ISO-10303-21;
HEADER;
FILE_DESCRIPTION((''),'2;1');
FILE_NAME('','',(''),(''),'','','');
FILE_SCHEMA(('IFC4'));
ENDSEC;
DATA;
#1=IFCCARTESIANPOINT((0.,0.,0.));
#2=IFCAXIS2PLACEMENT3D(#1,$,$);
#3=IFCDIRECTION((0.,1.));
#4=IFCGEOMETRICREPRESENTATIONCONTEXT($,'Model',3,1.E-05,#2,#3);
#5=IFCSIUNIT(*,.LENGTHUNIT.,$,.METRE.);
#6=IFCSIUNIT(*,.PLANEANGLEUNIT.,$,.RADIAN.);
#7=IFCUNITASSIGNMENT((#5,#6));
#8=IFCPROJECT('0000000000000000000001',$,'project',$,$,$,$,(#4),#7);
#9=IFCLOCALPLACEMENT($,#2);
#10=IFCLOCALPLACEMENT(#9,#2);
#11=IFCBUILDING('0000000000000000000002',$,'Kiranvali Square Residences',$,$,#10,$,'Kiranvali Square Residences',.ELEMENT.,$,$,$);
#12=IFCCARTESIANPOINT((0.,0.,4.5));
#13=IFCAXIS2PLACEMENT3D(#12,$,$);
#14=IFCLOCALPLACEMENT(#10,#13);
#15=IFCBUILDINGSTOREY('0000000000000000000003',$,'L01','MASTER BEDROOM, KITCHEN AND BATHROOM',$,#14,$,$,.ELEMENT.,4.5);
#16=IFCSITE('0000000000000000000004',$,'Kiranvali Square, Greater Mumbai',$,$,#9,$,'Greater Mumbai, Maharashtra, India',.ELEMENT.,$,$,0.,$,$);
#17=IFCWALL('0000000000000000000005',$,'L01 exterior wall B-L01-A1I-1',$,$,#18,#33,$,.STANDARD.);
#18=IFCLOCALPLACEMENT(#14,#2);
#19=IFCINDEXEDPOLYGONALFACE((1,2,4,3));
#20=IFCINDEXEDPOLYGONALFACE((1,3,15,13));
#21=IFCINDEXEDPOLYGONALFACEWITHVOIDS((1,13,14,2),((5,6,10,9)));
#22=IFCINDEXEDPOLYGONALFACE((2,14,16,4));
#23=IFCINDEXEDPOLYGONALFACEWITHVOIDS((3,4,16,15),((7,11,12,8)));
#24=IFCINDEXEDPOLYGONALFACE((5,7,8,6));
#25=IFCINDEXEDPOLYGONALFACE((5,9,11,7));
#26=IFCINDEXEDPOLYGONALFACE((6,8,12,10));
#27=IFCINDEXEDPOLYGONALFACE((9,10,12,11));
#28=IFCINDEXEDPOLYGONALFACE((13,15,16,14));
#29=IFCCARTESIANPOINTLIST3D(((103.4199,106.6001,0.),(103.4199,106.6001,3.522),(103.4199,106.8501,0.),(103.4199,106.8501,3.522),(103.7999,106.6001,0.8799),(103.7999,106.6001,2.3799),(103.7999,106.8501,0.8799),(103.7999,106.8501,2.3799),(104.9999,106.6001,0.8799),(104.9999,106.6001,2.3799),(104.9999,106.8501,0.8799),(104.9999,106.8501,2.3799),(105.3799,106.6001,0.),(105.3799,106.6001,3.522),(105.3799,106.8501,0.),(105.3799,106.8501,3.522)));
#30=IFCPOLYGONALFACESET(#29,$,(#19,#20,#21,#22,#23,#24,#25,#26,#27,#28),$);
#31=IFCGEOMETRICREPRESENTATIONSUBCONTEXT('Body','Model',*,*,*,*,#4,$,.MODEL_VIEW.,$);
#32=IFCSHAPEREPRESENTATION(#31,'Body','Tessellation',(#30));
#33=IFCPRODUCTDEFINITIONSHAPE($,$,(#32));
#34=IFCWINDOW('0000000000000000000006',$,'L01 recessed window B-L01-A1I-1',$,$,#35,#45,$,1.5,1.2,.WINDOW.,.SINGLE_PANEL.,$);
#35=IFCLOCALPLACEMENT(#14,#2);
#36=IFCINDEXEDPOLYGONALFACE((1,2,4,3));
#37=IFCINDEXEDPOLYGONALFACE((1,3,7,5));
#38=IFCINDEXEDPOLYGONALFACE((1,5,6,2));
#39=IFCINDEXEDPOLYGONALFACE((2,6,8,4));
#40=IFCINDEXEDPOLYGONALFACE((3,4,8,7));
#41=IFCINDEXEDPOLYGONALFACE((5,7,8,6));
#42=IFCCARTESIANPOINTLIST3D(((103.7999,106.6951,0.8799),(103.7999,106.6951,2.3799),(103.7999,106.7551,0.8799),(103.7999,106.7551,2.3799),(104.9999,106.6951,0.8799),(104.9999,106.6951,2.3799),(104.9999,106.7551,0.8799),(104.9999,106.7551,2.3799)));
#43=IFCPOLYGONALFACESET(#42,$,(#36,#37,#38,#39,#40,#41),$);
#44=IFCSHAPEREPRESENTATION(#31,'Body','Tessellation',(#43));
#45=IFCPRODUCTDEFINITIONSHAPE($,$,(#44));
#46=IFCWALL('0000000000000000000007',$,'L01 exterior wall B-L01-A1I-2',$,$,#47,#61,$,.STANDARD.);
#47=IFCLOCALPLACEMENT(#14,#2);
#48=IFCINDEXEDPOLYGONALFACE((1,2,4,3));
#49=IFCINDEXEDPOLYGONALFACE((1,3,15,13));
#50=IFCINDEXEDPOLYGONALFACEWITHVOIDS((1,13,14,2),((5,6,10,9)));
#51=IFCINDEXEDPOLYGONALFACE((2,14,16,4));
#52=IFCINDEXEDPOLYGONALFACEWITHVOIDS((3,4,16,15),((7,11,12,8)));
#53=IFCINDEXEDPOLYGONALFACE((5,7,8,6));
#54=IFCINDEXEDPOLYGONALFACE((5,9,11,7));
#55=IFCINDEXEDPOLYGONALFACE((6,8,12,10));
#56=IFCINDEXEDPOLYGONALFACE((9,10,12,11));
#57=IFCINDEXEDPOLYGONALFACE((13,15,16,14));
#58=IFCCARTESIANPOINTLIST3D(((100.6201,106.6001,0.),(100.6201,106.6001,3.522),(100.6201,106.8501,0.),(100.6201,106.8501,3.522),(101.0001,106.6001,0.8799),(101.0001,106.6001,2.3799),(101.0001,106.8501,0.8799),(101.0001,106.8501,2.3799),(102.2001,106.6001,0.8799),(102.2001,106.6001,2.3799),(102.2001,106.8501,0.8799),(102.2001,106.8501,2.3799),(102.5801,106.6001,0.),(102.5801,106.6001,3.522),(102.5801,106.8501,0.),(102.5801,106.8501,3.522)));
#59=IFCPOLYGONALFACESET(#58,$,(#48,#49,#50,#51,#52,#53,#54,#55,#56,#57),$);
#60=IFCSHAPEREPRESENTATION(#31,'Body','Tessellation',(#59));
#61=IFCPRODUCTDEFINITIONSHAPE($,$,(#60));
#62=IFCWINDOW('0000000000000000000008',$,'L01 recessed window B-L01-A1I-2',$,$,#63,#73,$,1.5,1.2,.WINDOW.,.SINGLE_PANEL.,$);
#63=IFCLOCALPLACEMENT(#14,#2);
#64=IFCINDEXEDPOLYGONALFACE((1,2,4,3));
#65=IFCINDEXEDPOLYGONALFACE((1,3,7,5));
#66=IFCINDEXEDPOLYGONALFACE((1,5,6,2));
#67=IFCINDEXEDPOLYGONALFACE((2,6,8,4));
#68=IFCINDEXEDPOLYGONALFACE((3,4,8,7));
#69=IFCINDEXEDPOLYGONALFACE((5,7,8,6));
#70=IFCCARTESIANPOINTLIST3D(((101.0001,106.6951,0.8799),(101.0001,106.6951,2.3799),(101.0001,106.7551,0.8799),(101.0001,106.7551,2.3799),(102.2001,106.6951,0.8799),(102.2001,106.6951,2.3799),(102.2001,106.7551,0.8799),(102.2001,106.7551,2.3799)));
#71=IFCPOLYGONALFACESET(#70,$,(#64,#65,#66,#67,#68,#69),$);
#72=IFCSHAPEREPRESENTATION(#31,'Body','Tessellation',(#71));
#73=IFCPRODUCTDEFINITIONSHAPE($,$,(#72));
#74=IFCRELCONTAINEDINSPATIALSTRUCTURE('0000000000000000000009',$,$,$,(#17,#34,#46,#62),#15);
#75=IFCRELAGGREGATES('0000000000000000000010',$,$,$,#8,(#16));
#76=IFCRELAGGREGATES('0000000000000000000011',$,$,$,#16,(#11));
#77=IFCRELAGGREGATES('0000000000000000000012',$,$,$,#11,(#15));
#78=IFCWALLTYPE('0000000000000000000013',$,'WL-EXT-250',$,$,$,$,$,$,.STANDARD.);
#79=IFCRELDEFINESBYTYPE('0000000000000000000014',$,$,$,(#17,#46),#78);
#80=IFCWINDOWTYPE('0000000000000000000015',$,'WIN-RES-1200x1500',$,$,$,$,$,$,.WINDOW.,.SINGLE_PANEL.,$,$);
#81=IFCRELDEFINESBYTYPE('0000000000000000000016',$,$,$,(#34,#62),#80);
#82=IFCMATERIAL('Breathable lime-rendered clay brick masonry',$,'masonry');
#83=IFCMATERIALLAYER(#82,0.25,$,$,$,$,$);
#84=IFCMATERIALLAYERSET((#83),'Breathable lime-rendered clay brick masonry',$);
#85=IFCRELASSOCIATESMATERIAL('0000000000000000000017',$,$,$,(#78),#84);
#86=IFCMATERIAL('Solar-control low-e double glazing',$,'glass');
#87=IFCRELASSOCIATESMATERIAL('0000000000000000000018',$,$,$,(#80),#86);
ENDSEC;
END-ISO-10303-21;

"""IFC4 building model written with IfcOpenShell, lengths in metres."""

from ifc_helpers import new_model, si_unit, direction, frame, frame_2d, origin, place, context, subcontext, project, spatial, rectangle, extrude, material, layer, layer_set, type_object, element, fill, save


model = new_model("IFC4")

# Units and contexts
model_context = context("Model", 3, precision=1e-05, world=origin(), true_north=direction((0.0, 1.0)))
body_context = subcontext(model_context, "Body", "Model", "MODEL_VIEW")
ifc_project = project(units=[si_unit("LENGTHUNIT", "METRE"), si_unit("PLANEANGLEUNIT", "RADIAN")], contexts=[model_context])

# Site, building, storey
site_placement = place(None, origin())
site = spatial("IfcSite", under=ifc_project, at=site_placement, Name="Kiranvali Square, Greater Mumbai", LongName="Greater Mumbai, Maharashtra, India", CompositionType="ELEMENT", RefElevation=0.0)
building_placement = place(site_placement, origin())
building = spatial("IfcBuilding", under=site, at=building_placement, Name="Kiranvali Square Residences", LongName="Kiranvali Square Residences", CompositionType="ELEMENT")
storey_placement = place(building_placement, frame((0.0, 0.0, 4.5)))
storey = spatial("IfcBuildingStorey", under=building, at=storey_placement, Name="L01", Description="MASTER BEDROOM, KITCHEN AND BATHROOM", CompositionType="ELEMENT", Elevation=4.5)

# Walls, openings, windows
ifc_material_1 = material(Name="Breathable lime-rendered clay brick masonry", Category="masonry")
ifc_layer_1 = layer(ifc_material_1, 0.25)
ifc_layer_set_1 = layer_set([ifc_layer_1], Name="Breathable lime-rendered clay brick masonry")
wall_type_1 = type_object("IfcWallType", Name="WL-EXT-250", PredefinedType="STANDARD", material=ifc_layer_set_1)
wall_1_placement = place(storey_placement, frame((105.3799, 106.7251, 0.0), z_axis=(0.0, 0.0, 1.0), x_axis=(-1.0, 0.0, 0.0)))
wall_1 = element("IfcWall", 1, at=wall_1_placement, inside=storey, type_object=wall_type_1, Name="L01 exterior wall B-L01-A1I-1", PredefinedType="STANDARD", context=body_context, shape_type="SweptSolid", body=[
    extrude(rectangle(XDim=1.96, YDim=0.25, at=frame_2d((0.98, 0.0))), origin(), (0.0, 0.0, 1.0), 3.522),
])
opening_1_placement = place(wall_1_placement, frame((0.3799, 0.0, 0.8799)))
opening_1 = element("IfcOpeningElement", 2, at=opening_1_placement, cuts=wall_1, PredefinedType="OPENING", context=body_context, shape_type="SweptSolid", body=[
    extrude(rectangle(XDim=1.2, YDim=1.5, at=frame_2d((0.6001, 0.75))), frame((0.0, 0.135, 0.0), z_axis=(0.0, -1.0, 0.0), x_axis=(1.0, 0.0, 0.0)), (0.0, 0.0, 1.0), 0.27),
])
ifc_material_2 = material(Name="Solar-control low-e double glazing", Category="glass")
window_type = type_object("IfcWindowType", Name="WIN-RES-1200x1500", PartitioningType="SINGLE_PANEL", PredefinedType="WINDOW", material=ifc_material_2)
window_1_placement = place(opening_1_placement, origin())
window_1 = element("IfcWindow", 3, at=window_1_placement, inside=storey, type_object=window_type, Name="L01 recessed window B-L01-A1I-1", OverallHeight=1.5, OverallWidth=1.2, PartitioningType="SINGLE_PANEL", PredefinedType="WINDOW", context=body_context, shape_type="SweptSolid", body=[
    extrude(rectangle(XDim=1.2, YDim=1.5, at=frame_2d((0.6001, 0.75))), frame((0.0, 0.03, 0.0), z_axis=(0.0, -1.0, 0.0), x_axis=(1.0, 0.0, 0.0)), (0.0, 0.0, 1.0), 0.0601),
])
fill(opening_1, window_1)
wall_2_placement = place(storey_placement, frame((102.5801, 106.7251, 0.0), z_axis=(0.0, 0.0, 1.0), x_axis=(-1.0, 0.0, 0.0)))
wall_2 = element("IfcWall", 4, at=wall_2_placement, inside=storey, type_object=wall_type_1, Name="L01 exterior wall B-L01-A1I-2", PredefinedType="STANDARD", context=body_context, shape_type="SweptSolid", body=[
    extrude(rectangle(XDim=1.96, YDim=0.25, at=frame_2d((0.98, 0.0))), origin(), (0.0, 0.0, 1.0), 3.522),
])
opening_2_placement = place(wall_2_placement, frame((0.3799, 0.0, 0.8799)))
opening_2 = element("IfcOpeningElement", 5, at=opening_2_placement, cuts=wall_2, PredefinedType="OPENING", context=body_context, shape_type="SweptSolid", body=[
    extrude(rectangle(XDim=1.2, YDim=1.5, at=frame_2d((0.6001, 0.75))), frame((0.0, 0.135, 0.0), z_axis=(0.0, -1.0, 0.0), x_axis=(1.0, 0.0, 0.0)), (0.0, 0.0, 1.0), 0.27),
])
window_2_placement = place(opening_2_placement, origin())
window_2 = element("IfcWindow", 6, at=window_2_placement, inside=storey, type_object=window_type, Name="L01 recessed window B-L01-A1I-2", OverallHeight=1.5, OverallWidth=1.2, PartitioningType="SINGLE_PANEL", PredefinedType="WINDOW", context=body_context, shape_type="SweptSolid", body=[
    extrude(rectangle(XDim=1.2, YDim=1.5, at=frame_2d((0.6001, 0.75))), frame((0.0, 0.03, 0.0), z_axis=(0.0, -1.0, 0.0), x_axis=(1.0, 0.0, 0.0)), (0.0, 0.0, 1.0), 0.0601),
])
fill(opening_2, window_2)

save(model, "model.ifc")
